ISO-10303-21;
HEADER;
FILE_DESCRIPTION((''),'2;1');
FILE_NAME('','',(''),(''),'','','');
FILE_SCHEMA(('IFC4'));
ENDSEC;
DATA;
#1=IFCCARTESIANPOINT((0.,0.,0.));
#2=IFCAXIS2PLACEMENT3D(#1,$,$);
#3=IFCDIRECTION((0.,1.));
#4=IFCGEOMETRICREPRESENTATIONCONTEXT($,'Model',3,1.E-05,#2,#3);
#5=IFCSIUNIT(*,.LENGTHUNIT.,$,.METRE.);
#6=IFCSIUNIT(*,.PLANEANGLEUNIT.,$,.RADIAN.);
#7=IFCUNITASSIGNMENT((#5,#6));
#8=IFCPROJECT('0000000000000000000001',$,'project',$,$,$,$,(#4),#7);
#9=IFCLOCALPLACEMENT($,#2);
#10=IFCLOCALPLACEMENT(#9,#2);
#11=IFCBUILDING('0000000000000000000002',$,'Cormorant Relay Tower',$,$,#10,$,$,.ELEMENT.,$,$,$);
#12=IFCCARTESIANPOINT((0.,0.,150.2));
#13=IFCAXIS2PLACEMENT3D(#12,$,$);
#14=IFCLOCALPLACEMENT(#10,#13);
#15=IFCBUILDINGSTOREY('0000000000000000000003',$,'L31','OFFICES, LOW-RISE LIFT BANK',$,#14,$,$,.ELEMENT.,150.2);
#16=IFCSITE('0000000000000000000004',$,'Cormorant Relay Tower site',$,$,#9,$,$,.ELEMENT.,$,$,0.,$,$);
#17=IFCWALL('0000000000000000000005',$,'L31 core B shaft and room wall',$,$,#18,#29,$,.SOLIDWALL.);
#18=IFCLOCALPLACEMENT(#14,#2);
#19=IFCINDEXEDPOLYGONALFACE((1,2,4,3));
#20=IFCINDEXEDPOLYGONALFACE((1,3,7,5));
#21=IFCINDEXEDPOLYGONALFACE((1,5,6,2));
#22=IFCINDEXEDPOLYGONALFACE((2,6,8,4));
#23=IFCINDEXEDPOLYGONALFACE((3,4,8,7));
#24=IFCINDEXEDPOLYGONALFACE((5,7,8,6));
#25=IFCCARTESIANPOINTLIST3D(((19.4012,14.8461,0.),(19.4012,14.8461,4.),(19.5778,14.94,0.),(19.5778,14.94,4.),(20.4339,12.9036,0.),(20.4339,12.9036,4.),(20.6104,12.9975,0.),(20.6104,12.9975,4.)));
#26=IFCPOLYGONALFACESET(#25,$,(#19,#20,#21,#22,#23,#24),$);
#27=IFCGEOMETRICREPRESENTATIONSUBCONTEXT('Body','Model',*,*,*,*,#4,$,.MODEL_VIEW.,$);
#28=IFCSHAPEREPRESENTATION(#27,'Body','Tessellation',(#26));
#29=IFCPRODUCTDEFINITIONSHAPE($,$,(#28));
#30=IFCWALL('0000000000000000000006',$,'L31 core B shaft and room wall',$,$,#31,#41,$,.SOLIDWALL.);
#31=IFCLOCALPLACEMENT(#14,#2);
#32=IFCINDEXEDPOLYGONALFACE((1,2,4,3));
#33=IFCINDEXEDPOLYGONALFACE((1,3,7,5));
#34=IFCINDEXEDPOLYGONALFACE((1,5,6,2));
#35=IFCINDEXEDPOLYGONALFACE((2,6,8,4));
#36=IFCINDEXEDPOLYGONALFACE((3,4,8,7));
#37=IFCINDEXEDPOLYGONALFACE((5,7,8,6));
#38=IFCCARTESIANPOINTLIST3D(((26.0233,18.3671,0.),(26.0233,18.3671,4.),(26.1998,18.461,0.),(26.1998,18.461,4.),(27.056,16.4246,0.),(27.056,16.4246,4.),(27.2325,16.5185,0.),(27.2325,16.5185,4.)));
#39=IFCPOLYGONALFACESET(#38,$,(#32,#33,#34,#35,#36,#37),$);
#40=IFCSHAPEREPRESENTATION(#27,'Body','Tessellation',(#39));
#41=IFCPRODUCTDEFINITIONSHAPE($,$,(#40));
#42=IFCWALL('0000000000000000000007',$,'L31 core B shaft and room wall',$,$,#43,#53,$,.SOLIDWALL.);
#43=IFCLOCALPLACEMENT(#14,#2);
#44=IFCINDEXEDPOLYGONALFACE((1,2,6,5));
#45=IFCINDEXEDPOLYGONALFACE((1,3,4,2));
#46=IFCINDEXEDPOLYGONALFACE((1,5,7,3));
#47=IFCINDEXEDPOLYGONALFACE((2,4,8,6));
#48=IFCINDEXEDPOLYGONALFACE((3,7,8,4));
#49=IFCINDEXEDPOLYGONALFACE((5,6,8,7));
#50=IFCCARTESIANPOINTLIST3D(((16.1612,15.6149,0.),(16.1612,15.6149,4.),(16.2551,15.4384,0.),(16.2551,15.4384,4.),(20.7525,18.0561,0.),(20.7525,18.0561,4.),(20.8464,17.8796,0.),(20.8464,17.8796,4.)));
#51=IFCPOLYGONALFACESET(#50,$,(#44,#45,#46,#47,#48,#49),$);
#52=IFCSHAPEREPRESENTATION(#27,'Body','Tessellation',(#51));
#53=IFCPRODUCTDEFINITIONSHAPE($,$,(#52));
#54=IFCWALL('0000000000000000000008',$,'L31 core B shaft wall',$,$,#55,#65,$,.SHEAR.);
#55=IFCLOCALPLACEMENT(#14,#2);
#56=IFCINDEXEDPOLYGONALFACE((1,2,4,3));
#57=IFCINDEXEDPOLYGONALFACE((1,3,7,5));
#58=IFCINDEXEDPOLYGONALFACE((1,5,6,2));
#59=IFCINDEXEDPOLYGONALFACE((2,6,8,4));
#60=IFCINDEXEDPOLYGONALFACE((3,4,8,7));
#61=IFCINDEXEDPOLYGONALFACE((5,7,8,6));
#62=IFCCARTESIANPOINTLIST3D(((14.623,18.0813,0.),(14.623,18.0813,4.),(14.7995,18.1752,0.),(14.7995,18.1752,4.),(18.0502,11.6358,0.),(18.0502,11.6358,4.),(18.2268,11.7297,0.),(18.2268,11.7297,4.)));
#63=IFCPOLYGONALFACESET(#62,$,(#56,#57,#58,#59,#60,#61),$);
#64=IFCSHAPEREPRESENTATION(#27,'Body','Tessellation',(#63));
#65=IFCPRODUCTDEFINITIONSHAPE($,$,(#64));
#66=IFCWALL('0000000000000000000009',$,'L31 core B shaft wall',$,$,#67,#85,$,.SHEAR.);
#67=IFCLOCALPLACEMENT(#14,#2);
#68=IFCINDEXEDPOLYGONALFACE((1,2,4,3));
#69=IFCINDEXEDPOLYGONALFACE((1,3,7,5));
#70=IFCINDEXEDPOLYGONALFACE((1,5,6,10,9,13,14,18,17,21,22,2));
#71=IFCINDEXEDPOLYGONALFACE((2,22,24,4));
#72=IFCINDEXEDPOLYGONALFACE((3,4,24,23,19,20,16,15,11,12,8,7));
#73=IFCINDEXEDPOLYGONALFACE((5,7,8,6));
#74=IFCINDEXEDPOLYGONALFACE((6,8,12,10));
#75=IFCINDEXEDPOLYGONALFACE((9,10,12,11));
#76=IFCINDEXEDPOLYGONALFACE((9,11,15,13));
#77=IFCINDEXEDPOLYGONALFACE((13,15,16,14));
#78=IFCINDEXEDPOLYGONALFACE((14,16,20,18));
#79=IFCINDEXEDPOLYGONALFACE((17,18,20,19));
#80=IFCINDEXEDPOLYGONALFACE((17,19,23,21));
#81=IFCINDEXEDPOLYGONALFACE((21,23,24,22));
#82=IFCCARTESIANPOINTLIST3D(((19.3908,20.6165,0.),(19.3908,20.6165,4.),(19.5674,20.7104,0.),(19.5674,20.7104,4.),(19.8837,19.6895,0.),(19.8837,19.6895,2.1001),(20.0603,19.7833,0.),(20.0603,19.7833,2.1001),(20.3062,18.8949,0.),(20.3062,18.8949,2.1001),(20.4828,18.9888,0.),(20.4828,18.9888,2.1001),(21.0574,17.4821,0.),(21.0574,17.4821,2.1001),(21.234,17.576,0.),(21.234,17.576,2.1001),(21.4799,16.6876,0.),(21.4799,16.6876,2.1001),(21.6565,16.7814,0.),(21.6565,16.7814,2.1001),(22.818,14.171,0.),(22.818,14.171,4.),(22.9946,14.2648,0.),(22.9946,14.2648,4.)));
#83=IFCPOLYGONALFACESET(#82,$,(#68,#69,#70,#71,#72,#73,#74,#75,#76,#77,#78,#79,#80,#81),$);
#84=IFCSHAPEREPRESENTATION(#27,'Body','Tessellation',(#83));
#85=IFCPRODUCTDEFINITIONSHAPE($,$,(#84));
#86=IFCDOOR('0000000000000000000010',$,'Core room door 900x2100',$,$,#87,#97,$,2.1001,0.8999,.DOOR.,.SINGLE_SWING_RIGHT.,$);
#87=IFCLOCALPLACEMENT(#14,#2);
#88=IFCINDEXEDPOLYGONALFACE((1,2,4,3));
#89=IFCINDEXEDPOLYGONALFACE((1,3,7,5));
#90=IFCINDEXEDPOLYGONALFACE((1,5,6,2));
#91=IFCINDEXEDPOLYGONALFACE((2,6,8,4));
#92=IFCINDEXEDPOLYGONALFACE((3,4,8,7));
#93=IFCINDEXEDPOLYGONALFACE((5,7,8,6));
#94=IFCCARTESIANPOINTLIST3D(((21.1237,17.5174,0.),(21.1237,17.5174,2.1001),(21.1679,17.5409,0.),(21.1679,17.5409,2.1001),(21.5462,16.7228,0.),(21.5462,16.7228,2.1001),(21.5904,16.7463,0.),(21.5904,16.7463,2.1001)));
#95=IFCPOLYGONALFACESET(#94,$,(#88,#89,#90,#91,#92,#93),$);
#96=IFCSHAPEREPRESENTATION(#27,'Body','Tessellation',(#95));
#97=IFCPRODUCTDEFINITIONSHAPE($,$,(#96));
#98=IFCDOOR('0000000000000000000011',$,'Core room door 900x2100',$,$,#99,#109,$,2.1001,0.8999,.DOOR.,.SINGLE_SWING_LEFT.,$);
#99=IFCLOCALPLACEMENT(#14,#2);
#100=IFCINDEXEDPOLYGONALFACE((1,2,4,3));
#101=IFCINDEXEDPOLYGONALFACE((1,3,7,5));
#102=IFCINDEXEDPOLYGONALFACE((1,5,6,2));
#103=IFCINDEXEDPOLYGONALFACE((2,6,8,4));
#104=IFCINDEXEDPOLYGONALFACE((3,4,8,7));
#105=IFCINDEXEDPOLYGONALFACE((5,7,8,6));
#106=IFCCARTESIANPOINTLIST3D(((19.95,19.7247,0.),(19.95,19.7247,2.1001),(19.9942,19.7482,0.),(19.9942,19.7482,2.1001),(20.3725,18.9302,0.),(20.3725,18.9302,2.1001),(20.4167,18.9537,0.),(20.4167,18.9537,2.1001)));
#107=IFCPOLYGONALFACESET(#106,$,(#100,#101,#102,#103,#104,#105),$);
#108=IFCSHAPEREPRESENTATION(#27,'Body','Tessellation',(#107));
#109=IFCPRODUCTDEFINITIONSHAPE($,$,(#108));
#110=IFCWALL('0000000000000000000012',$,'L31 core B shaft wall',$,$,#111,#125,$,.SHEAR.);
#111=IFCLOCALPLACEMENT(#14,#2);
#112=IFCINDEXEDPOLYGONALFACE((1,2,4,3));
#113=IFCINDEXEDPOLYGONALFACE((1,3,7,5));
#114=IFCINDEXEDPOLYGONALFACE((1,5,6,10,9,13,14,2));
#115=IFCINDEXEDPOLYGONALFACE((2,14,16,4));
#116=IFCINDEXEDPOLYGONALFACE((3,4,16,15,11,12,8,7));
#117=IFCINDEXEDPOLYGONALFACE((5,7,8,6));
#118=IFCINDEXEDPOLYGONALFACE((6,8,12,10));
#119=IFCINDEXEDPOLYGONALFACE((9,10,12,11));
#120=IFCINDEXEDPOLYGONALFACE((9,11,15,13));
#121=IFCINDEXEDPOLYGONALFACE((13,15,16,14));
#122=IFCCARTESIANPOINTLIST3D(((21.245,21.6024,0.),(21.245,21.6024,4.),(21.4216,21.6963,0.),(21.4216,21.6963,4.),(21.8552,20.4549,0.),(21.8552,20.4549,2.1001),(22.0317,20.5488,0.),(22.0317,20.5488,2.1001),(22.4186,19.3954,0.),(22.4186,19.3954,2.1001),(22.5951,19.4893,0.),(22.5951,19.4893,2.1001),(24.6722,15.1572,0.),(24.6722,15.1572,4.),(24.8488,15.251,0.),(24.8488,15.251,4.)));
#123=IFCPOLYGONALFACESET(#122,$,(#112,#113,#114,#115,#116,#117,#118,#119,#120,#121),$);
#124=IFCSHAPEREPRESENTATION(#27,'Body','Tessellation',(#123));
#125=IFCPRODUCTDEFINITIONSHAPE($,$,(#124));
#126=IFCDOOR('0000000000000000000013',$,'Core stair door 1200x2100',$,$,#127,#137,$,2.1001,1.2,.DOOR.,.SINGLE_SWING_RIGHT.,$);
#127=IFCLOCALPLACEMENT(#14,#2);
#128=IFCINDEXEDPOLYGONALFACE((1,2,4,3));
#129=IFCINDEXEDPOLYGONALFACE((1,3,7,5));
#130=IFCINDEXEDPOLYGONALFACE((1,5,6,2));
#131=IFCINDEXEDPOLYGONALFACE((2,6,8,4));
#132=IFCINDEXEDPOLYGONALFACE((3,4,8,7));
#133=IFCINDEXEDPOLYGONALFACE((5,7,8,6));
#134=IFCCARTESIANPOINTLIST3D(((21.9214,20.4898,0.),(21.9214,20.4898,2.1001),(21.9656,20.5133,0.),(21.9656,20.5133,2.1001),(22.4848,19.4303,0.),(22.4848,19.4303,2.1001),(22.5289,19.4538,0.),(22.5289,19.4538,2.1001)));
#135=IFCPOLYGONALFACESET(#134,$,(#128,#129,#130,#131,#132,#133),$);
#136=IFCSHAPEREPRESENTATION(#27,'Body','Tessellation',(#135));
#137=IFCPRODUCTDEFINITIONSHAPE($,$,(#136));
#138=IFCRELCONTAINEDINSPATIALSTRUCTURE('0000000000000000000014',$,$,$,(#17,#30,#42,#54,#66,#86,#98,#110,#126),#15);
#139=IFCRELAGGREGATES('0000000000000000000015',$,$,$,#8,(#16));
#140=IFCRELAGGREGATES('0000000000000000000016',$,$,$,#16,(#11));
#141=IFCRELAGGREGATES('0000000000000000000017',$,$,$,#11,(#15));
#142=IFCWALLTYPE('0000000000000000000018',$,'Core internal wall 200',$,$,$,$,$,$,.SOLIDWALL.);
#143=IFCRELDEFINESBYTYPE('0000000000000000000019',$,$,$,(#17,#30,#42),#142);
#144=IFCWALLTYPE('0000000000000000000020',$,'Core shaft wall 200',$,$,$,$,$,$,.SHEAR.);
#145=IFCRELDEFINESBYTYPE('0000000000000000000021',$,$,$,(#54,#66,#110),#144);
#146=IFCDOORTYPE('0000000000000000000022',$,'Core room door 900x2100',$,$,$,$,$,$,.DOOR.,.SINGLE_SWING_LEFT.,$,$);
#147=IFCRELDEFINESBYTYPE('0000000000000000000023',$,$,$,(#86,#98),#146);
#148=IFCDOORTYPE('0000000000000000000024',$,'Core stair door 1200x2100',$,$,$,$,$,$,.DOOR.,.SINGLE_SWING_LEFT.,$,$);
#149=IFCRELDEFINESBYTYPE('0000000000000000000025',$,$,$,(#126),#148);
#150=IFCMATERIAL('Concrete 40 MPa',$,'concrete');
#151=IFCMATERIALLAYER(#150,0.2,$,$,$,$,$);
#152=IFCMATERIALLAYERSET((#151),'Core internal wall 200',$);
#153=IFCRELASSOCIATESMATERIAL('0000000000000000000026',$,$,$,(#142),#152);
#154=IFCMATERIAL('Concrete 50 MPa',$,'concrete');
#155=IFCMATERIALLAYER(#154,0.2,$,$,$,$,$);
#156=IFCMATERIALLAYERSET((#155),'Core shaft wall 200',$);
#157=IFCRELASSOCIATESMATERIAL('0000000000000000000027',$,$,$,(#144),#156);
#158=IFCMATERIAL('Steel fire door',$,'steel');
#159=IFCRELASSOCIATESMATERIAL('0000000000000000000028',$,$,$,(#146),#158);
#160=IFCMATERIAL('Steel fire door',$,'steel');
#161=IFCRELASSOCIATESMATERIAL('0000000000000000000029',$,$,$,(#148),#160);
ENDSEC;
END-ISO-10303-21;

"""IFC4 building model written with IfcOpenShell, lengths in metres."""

from ifc_helpers import new_model, si_unit, direction, frame, frame_2d, origin, place, context, subcontext, project, spatial, rectangle, extrude, material, layer, layer_set, type_object, element, fill, save


model = new_model("IFC4")

# Units and contexts
model_context = context("Model", 3, precision=1e-05, world=origin(), true_north=direction((0.0, 1.0)))
body_context = subcontext(model_context, "Body", "Model", "MODEL_VIEW")
ifc_project = project(units=[si_unit("LENGTHUNIT", "METRE"), si_unit("PLANEANGLEUNIT", "RADIAN")], contexts=[model_context])

# Site, building, storey
site_placement = place(None, origin())
site = spatial("IfcSite", under=ifc_project, at=site_placement, Name="Cormorant Relay Tower site", CompositionType="ELEMENT", RefElevation=0.0)
building_placement = place(site_placement, origin())
building = spatial("IfcBuilding", under=site, at=building_placement, Name="Cormorant Relay Tower", CompositionType="ELEMENT")
storey_placement = place(building_placement, frame((0.0, 0.0, 150.2)))
storey = spatial("IfcBuildingStorey", under=building, at=storey_placement, Name="L31", Description="OFFICES, LOW-RISE LIFT BANK", CompositionType="ELEMENT", Elevation=150.2)

# Walls
ifc_material_1 = material(Name="Concrete 40 MPa", Category="concrete")
ifc_layer_1 = layer(ifc_material_1, 0.2)
ifc_layer_set_1 = layer_set([ifc_layer_1], Name="Core internal wall 200")
wall_type_1 = type_object("IfcWallType", Name="Core internal wall 200", PredefinedType="SOLIDWALL", material=ifc_layer_set_1)
for number, where, z_axis, x_axis, name in (
    (1, (20.5222, 12.9504, 0.0), (0.0, 0.0, 1.0), (-0.469401, 0.882985, 0.0), "L31 core B shaft and room wall"),
    (2, (27.1443, 16.4714, 0.0), (0.0, 0.0, 1.0), (-0.469401, 0.882985, 0.0), "L31 core B shaft and room wall"),
):
    element("IfcWall", number, at=place(storey_placement, frame(where, z_axis=z_axis, x_axis=x_axis)), inside=storey, type_object=wall_type_1, Name=name, PredefinedType="SOLIDWALL", context=body_context, shape_type="SweptSolid", body=[
        extrude(rectangle(XDim=2.2, YDim=0.2, at=frame_2d((1.1001, 0.0))), origin(), (0.0, 0.0, 1.0), 4.0),
    ])
wall_1_placement = place(storey_placement, frame((16.208, 15.5266, 0.0), z_axis=(0.0, 0.0, 1.0), x_axis=(0.882954, 0.46946, 0.0)))
element("IfcWall", 3, at=wall_1_placement, inside=storey, type_object=wall_type_1, Name="L31 core B shaft and room wall", PredefinedType="SOLIDWALL", context=body_context, shape_type="SweptSolid", body=[
    extrude(rectangle(XDim=5.2, YDim=0.2, at=frame_2d((2.6001, 0.0))), origin(), (0.0, 0.0, 1.0), 4.0),
])
ifc_material_2 = material(Name="Concrete 50 MPa", Category="concrete")
ifc_layer_2 = layer(ifc_material_2, 0.2)
ifc_layer_set_2 = layer_set([ifc_layer_2], Name="Core shaft wall 200")
wall_type_2 = type_object("IfcWallType", Name="Core shaft wall 200", PredefinedType="SHEAR", material=ifc_layer_set_2)
wall_2_placement = place(storey_placement, frame((18.1384, 11.6829, 0.0), z_axis=(0.0, 0.0, 1.0), x_axis=(-0.46948, 0.882943, 0.0)))
element("IfcWall", 4, at=wall_2_placement, inside=storey, type_object=wall_type_2, Name="L31 core B shaft wall", PredefinedType="SHEAR", context=body_context, shape_type="SweptSolid", body=[
    extrude(rectangle(XDim=7.3, YDim=0.2, at=frame_2d((3.6499, 0.0))), origin(), (0.0, 0.0, 1.0), 4.0),
])

# Wall, openings, doors
wall_3_placement = place(storey_placement, frame((22.9062, 14.218, 0.0), z_axis=(0.0, 0.0, 1.0), x_axis=(-0.46948, 0.882943, 0.0)))
wall_3 = element("IfcWall", 5, at=wall_3_placement, inside=storey, type_object=wall_type_2, Name="L31 core B shaft wall", PredefinedType="SHEAR", context=body_context, shape_type="SweptSolid", body=[
    extrude(rectangle(XDim=7.3, YDim=0.2, at=frame_2d((3.6499, 0.0))), origin(), (0.0, 0.0, 1.0), 4.0),
])
opening_1_placement = place(wall_3_placement, frame((2.8501, 0.0, 0.0)))
opening_1 = element("IfcOpeningElement", 6, at=opening_1_placement, cuts=wall_3, PredefinedType="OPENING", context=body_context, shape_type="SweptSolid", body=[
    extrude(rectangle(XDim=0.8999, YDim=2.1001, at=frame_2d((0.45, 1.05))), frame((0.0, 0.1099, 0.0), z_axis=(0.0, -1.0, 0.0), x_axis=(1.0, 0.0, 0.0)), (0.0, 0.0, 1.0), 0.22),
])
opening_2_placement = place(wall_3_placement, frame((5.3501, 0.0, 0.0)))
opening_2 = element("IfcOpeningElement", 7, at=opening_2_placement, cuts=wall_3, PredefinedType="OPENING", context=body_context, shape_type="SweptSolid", body=[
    extrude(rectangle(XDim=0.8999, YDim=2.1001, at=frame_2d((0.45, 1.05))), frame((0.0, 0.1099, 0.0), z_axis=(0.0, -1.0, 0.0), x_axis=(1.0, 0.0, 0.0)), (0.0, 0.0, 1.0), 0.22),
])
ifc_material_3 = material(Name="Steel fire door", Category="steel")
door_type_1 = type_object("IfcDoorType", Name="Core room door 900x2100", OperationType="SINGLE_SWING_LEFT", PredefinedType="DOOR", material=ifc_material_3)
door_1_placement = place(opening_1_placement, origin())
door_1 = element("IfcDoor", 8, at=door_1_placement, inside=storey, type_object=door_type_1, Name="Core room door 900x2100", OperationType="SINGLE_SWING_RIGHT", OverallHeight=2.1001, OverallWidth=0.8999, PredefinedType="DOOR", context=body_context, shape_type="SweptSolid", body=[
    extrude(rectangle(XDim=0.8999, YDim=2.1001, at=frame_2d((0.45, 1.05))), frame((0.0, 0.0249, 0.0), z_axis=(0.0, -1.0, 0.0), x_axis=(1.0, 0.0, 0.0)), (0.0, 0.0, 1.0), 0.05),
])
fill(opening_1, door_1)
door_2_placement = place(opening_2_placement, origin())
door_2 = element("IfcDoor", 9, at=door_2_placement, inside=storey, type_object=door_type_1, Name="Core room door 900x2100", OperationType="SINGLE_SWING_LEFT", OverallHeight=2.1001, OverallWidth=0.8999, PredefinedType="DOOR", context=body_context, shape_type="SweptSolid", body=[
    extrude(rectangle(XDim=0.8999, YDim=2.1001, at=frame_2d((0.45, 1.05))), frame((0.0, 0.0249, 0.0), z_axis=(0.0, -1.0, 0.0), x_axis=(1.0, 0.0, 0.0)), (0.0, 0.0, 1.0), 0.05),
])
fill(opening_2, door_2)

# Wall, opening, door
wall_4_placement = place(storey_placement, frame((24.7605, 15.2041, 0.0), z_axis=(0.0, 0.0, 1.0), x_axis=(-0.469494, 0.882936, 0.0)))
wall_4 = element("IfcWall", 10, at=wall_4_placement, inside=storey, type_object=wall_type_2, Name="L31 core B shaft wall", PredefinedType="SHEAR", context=body_context, shape_type="SweptSolid", body=[
    extrude(rectangle(XDim=7.2998, YDim=0.2, at=frame_2d((3.6499, 0.0))), origin(), (0.0, 0.0, 1.0), 4.0),
])
opening_3_placement = place(wall_4_placement, frame((4.8, 0.0, 0.0)))
opening_3 = element("IfcOpeningElement", 11, at=opening_3_placement, cuts=wall_4, PredefinedType="OPENING", context=body_context, shape_type="SweptSolid", body=[
    extrude(rectangle(XDim=1.2, YDim=2.1001, at=frame_2d((0.6001, 1.05))), frame((0.0, 0.1099, 0.0), z_axis=(0.0, -1.0, 0.0), x_axis=(1.0, 0.0, 0.0)), (0.0, 0.0, 1.0), 0.22),
])
ifc_material_4 = material(Name="Steel fire door", Category="steel")
door_type_2 = type_object("IfcDoorType", Name="Core stair door 1200x2100", OperationType="SINGLE_SWING_LEFT", PredefinedType="DOOR", material=ifc_material_4)
door_3_placement = place(opening_3_placement, frame((1.2, 0.0, 0.0), z_axis=(0.0, 0.0, 1.0), x_axis=(-1.0, 0.0, 0.0)))
door_3 = element("IfcDoor", 12, at=door_3_placement, inside=storey, type_object=door_type_2, Name="Core stair door 1200x2100", OperationType="SINGLE_SWING_RIGHT", OverallHeight=2.1001, OverallWidth=1.2, PredefinedType="DOOR", context=body_context, shape_type="SweptSolid", body=[
    extrude(rectangle(XDim=1.2, YDim=2.1001, at=frame_2d((0.6001, 1.05))), frame((0.0, 0.0249, 0.0), z_axis=(0.0, -1.0, 0.0), x_axis=(1.0, 0.0, 0.0)), (0.0, 0.0, 1.0), 0.05),
])
fill(opening_3, door_3)

save(model, "model.ifc")
